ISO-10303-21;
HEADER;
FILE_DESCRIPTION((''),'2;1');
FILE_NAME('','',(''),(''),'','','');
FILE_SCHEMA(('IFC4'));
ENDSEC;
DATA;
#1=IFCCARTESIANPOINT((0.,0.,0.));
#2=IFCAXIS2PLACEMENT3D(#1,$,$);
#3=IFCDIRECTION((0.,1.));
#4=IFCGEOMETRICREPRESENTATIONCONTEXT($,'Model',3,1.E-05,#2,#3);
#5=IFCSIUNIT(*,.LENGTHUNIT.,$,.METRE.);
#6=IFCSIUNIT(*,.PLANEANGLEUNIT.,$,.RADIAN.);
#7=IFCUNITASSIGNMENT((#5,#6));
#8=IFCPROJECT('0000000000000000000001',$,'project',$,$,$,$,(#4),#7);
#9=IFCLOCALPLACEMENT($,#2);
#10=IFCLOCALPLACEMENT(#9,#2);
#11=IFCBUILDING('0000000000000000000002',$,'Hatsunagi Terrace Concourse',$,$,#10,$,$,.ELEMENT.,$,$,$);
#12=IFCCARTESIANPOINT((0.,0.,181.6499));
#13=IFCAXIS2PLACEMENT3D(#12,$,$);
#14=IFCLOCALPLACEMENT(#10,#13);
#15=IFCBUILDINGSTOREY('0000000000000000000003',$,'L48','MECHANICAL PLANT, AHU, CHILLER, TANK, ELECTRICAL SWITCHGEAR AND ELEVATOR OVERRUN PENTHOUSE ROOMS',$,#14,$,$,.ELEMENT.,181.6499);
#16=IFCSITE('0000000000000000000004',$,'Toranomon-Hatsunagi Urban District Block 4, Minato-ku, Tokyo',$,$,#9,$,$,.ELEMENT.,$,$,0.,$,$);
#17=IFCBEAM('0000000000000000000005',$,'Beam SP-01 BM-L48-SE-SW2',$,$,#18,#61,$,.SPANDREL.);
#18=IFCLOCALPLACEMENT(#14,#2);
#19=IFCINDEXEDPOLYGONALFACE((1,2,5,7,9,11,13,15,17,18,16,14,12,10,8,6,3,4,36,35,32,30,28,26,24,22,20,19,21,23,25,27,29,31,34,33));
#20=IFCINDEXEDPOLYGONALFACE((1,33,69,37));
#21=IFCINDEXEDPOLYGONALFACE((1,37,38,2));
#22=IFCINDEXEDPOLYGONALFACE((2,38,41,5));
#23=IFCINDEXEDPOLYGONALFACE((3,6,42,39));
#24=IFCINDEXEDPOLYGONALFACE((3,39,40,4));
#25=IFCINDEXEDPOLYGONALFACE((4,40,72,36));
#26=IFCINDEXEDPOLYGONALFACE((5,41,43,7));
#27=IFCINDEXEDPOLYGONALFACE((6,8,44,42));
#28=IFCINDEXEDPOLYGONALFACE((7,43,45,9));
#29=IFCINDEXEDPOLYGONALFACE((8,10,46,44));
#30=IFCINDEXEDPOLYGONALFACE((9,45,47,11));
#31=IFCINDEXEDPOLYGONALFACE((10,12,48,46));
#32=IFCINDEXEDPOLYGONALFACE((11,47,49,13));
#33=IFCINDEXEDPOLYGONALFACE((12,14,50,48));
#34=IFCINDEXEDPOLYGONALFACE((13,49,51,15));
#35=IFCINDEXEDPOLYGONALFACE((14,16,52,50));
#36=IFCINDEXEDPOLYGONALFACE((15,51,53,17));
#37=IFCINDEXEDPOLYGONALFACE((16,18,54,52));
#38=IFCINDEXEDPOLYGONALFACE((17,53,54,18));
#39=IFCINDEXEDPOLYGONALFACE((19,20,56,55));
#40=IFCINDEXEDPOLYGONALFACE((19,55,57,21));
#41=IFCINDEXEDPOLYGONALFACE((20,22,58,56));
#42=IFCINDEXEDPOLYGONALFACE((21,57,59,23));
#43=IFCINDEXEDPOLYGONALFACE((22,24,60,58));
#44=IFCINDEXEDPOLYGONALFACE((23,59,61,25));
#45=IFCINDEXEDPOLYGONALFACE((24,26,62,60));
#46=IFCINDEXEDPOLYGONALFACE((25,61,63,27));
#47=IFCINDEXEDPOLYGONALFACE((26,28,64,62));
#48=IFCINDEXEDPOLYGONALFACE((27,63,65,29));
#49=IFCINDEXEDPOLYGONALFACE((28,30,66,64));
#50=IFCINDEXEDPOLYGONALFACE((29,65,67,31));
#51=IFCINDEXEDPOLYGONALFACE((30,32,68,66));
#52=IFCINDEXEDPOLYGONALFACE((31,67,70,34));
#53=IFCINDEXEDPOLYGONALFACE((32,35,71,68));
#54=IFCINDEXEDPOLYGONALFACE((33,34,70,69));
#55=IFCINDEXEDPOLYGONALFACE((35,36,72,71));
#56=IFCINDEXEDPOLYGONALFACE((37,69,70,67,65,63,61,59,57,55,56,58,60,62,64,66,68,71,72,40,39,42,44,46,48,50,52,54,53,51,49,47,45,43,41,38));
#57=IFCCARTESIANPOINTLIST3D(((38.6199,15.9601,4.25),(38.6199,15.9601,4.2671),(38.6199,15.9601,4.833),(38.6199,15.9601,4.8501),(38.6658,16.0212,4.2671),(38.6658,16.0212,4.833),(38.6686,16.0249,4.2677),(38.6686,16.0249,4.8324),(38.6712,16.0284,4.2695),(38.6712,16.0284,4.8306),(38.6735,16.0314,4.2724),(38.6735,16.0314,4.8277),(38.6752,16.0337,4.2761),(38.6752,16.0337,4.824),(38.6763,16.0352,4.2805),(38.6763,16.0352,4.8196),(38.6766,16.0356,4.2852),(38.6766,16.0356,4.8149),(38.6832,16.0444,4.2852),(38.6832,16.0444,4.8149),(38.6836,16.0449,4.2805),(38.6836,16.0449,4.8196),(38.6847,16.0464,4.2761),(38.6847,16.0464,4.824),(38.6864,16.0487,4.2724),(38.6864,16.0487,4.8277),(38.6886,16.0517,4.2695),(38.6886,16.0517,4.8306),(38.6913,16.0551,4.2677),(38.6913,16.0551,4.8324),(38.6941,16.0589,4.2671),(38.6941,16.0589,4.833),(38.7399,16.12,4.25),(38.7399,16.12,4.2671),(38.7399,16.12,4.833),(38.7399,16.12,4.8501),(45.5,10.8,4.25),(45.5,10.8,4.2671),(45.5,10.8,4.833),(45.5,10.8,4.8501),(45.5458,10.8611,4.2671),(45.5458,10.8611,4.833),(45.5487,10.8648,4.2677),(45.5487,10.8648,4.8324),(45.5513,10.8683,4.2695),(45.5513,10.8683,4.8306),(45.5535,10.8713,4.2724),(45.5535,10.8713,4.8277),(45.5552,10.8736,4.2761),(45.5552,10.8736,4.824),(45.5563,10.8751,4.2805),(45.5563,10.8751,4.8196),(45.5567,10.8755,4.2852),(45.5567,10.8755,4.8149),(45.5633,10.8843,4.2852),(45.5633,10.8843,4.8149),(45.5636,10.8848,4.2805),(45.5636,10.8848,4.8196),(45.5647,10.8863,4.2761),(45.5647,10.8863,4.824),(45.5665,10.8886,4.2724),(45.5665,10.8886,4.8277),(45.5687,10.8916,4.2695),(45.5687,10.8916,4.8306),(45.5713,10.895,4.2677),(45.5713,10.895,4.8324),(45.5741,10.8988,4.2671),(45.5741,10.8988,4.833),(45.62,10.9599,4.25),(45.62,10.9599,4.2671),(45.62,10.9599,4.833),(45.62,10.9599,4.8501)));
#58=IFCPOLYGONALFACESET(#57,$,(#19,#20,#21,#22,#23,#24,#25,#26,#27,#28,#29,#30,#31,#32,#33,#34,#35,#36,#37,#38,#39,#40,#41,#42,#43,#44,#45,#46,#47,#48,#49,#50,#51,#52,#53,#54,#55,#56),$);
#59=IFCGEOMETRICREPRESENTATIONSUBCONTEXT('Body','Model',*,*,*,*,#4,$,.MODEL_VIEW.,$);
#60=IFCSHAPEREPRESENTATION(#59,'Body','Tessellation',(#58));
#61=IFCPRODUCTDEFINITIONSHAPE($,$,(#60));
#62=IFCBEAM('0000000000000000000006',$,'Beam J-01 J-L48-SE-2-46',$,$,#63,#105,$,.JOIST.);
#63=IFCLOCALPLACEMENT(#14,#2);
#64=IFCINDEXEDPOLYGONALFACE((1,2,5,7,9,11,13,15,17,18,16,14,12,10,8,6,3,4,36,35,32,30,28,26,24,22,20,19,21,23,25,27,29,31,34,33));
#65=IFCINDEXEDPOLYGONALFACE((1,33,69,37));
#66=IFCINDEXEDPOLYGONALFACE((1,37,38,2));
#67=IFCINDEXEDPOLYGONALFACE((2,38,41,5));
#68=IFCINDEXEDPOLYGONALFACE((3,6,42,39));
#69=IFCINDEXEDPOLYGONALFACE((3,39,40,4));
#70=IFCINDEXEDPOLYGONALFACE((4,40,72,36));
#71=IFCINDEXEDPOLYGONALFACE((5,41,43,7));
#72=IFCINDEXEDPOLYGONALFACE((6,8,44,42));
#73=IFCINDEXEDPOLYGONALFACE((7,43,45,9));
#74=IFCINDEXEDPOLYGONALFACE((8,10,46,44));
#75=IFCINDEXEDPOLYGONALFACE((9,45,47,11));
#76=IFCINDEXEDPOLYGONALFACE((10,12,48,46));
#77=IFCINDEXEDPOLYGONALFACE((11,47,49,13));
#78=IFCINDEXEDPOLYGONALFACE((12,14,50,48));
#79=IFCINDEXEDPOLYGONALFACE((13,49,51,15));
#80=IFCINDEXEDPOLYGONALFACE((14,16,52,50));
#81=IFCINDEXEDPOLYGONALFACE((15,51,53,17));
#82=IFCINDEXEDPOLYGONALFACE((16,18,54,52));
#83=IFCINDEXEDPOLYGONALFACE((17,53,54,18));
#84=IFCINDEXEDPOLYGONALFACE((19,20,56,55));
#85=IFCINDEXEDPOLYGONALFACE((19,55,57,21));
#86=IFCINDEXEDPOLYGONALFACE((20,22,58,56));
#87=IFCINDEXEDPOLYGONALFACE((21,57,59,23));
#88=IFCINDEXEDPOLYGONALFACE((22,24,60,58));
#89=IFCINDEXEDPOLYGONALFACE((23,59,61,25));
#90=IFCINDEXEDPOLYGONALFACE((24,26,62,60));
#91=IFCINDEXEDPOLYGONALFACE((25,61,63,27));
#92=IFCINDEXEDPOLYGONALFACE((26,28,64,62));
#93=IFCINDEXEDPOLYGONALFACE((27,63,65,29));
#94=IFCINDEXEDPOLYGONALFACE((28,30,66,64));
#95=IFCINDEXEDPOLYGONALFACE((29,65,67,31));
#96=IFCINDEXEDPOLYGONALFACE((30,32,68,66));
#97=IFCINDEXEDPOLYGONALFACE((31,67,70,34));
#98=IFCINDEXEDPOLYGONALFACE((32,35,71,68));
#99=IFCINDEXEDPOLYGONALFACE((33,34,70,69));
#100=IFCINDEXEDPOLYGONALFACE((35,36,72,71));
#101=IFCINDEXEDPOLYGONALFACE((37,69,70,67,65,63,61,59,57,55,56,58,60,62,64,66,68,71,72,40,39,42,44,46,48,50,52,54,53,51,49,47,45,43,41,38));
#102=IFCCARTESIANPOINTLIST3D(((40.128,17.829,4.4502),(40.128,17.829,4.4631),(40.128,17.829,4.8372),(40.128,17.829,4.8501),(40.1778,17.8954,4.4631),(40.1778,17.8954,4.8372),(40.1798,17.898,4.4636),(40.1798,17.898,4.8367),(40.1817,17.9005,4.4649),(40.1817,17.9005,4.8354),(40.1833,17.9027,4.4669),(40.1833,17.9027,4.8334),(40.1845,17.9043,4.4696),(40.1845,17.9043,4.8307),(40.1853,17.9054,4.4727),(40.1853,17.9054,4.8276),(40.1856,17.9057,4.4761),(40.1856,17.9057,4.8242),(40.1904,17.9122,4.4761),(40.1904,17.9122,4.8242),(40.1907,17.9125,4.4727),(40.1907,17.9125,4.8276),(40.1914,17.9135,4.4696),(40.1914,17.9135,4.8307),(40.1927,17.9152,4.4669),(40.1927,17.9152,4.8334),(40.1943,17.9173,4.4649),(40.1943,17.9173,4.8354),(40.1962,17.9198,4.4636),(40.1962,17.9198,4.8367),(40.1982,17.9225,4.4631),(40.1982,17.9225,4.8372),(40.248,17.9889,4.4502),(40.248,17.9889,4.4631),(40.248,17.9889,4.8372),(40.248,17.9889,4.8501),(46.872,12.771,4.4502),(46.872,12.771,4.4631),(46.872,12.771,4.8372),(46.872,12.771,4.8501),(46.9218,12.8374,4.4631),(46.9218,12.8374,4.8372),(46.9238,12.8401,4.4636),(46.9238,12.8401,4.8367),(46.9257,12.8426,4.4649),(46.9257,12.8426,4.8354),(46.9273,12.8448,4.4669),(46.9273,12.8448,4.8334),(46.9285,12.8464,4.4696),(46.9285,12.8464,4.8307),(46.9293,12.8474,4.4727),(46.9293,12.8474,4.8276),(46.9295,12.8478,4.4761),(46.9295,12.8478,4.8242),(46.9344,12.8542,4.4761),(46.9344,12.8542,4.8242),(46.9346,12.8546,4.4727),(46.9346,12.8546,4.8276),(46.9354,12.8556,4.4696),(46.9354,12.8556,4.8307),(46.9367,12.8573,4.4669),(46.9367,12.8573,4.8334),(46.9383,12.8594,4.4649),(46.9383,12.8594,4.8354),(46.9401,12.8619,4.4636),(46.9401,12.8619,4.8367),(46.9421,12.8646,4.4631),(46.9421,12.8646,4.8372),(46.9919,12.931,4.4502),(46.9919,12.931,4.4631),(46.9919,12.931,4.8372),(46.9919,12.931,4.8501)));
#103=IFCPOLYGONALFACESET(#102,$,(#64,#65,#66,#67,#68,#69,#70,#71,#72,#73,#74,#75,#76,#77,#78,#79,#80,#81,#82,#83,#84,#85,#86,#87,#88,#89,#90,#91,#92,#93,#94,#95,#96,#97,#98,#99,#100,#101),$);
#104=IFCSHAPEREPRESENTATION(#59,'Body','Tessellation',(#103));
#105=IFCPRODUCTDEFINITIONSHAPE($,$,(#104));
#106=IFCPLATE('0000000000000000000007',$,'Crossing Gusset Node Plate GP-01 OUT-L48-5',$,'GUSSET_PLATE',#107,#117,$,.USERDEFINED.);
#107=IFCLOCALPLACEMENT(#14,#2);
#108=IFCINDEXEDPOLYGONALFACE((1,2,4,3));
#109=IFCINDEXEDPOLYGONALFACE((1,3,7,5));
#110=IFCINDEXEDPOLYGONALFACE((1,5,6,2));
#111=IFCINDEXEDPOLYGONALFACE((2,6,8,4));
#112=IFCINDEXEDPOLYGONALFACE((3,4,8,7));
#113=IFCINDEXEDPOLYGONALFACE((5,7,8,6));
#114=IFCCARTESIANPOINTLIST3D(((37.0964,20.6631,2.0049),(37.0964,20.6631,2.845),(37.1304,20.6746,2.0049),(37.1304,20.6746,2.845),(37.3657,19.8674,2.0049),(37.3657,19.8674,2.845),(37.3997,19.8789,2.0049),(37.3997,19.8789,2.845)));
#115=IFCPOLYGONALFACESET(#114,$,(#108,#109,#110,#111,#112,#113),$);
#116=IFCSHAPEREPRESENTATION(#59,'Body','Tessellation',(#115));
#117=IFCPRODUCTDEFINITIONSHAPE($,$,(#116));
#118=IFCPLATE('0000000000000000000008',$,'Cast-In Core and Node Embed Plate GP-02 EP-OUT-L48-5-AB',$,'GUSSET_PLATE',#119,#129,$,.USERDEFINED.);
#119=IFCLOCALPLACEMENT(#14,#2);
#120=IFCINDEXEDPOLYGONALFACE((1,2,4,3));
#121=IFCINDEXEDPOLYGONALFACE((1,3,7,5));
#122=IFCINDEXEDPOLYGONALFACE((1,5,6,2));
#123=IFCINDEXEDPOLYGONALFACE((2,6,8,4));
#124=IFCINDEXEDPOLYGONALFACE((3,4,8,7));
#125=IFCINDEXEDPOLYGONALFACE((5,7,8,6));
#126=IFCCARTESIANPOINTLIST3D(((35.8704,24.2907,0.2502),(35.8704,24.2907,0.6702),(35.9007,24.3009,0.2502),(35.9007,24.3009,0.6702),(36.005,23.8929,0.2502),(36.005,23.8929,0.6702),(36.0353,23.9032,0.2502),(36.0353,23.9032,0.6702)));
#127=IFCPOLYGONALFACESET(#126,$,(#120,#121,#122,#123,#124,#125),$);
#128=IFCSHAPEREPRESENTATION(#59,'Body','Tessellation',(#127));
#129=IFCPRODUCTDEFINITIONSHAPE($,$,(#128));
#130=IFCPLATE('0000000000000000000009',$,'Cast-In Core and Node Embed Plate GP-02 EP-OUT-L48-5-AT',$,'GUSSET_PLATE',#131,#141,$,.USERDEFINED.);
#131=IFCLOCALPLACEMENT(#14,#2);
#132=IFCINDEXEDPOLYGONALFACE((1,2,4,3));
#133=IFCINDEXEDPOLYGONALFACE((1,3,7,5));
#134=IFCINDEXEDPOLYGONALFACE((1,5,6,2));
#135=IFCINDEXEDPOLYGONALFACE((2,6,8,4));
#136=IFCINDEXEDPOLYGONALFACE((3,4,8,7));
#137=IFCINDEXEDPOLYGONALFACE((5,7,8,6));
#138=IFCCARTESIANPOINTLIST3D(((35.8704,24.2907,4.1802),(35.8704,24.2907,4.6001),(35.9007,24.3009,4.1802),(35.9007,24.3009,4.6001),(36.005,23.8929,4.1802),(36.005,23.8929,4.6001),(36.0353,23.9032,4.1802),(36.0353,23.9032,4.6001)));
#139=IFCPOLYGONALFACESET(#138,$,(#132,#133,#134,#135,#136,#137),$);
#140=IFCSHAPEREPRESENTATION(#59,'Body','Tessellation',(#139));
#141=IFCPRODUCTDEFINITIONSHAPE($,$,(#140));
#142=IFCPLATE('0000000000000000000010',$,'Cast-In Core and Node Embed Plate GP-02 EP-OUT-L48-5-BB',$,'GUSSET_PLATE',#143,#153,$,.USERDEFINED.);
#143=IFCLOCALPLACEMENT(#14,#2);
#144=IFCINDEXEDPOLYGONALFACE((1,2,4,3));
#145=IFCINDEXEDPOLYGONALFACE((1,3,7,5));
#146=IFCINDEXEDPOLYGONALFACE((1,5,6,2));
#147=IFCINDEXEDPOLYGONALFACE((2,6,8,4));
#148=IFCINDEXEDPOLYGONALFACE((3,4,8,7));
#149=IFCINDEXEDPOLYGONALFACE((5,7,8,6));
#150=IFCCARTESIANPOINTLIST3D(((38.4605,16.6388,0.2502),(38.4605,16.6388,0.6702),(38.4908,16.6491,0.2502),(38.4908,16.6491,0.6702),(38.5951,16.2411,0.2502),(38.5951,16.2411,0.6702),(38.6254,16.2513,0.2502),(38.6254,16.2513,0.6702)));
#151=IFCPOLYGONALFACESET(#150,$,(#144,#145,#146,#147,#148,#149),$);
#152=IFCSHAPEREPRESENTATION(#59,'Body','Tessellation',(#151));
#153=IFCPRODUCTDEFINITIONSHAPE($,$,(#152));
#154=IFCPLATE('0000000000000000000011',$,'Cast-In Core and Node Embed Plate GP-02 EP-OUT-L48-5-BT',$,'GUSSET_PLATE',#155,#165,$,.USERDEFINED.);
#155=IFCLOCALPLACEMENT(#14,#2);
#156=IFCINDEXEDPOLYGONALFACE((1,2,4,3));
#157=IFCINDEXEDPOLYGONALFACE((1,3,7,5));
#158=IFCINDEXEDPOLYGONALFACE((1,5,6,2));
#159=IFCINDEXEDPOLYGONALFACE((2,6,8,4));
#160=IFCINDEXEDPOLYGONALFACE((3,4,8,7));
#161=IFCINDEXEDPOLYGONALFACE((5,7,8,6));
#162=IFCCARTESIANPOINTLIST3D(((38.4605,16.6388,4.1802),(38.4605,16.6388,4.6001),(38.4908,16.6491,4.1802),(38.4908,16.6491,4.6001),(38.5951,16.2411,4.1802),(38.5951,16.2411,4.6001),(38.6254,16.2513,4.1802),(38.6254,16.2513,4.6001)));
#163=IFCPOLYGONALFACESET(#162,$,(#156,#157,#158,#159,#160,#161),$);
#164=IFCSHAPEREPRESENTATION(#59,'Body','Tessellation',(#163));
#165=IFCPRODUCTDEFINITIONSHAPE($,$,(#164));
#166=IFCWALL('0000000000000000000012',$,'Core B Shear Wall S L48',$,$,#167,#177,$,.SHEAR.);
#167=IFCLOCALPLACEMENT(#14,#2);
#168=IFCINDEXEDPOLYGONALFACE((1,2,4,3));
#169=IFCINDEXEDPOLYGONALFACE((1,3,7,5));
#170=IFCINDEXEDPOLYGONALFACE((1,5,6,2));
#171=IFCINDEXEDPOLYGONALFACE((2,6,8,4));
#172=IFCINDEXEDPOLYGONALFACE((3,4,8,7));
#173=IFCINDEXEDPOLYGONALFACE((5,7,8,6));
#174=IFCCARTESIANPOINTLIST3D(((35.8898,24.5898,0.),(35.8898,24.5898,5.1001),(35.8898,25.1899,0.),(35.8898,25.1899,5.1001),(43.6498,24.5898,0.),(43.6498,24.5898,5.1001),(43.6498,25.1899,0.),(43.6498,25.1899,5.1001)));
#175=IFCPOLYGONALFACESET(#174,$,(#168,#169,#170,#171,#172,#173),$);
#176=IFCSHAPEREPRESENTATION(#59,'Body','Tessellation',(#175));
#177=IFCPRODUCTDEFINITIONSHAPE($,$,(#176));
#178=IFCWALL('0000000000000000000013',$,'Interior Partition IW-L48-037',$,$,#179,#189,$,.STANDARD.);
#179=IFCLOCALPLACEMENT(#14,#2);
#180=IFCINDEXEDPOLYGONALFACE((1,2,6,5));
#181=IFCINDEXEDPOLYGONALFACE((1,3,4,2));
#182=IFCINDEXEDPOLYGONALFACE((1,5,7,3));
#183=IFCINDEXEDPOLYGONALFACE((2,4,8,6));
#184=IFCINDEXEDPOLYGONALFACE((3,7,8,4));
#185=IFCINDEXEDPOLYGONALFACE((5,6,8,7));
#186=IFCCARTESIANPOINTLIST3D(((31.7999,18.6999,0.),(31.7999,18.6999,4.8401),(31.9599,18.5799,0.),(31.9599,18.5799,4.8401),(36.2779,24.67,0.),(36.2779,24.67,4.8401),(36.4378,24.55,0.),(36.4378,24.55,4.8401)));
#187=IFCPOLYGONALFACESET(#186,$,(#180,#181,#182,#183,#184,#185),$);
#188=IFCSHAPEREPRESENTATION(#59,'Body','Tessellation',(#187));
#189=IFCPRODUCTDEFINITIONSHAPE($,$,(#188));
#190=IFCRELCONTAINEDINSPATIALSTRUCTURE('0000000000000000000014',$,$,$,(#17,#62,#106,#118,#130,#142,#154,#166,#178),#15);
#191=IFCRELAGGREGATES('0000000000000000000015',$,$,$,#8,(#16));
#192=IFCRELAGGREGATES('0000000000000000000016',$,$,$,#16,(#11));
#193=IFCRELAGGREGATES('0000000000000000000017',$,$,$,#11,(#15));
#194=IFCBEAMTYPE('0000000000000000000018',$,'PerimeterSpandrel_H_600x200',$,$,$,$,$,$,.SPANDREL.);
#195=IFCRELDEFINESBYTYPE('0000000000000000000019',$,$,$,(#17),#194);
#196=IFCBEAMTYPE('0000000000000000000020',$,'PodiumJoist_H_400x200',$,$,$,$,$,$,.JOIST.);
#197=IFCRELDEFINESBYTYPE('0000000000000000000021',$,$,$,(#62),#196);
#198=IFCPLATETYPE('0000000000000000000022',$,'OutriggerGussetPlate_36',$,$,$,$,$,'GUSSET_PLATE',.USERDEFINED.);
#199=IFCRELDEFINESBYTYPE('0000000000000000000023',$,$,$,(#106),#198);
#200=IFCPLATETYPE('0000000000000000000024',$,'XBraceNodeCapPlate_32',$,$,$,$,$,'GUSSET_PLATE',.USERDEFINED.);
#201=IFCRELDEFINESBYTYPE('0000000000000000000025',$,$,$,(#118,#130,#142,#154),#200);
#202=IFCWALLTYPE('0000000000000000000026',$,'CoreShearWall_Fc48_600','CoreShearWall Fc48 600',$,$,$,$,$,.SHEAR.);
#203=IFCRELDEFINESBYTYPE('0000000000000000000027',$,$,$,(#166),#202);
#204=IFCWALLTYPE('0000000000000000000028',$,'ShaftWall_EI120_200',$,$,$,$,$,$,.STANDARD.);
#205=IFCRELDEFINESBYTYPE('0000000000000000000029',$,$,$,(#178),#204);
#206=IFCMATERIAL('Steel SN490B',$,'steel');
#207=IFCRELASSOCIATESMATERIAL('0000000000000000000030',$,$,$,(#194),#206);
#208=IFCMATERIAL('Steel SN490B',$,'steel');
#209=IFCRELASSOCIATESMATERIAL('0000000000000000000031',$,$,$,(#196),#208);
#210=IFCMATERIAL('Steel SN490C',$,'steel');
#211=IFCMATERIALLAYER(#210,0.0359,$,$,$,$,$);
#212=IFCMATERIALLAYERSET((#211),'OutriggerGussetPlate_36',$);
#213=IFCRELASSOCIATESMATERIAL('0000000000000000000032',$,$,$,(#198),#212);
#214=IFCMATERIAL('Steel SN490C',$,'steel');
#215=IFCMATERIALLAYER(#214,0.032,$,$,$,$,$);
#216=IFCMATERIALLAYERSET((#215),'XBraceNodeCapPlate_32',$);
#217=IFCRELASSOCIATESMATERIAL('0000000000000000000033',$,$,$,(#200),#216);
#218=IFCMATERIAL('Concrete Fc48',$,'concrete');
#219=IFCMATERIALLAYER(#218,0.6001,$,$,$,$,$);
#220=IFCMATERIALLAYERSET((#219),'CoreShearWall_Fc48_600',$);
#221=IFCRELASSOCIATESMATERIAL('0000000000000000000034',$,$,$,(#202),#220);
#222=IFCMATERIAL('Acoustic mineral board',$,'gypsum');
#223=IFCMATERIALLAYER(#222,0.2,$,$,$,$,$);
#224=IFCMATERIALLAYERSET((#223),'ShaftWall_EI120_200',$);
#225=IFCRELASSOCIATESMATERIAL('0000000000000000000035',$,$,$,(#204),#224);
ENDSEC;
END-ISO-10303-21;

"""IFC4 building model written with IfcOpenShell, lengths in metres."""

from ifc_helpers import new_model, si_unit, direction, frame, frame_2d, origin, origin_2d, place, context, subcontext, project, spatial, rectangle, i_section, extrude, material, layer, layer_set, material_profile, profile_set, type_object, element, save


model = new_model("IFC4")

# Units and contexts
model_context = context("Model", 3, precision=1e-05, world=origin(), true_north=direction((0.0, 1.0)))
body_context = subcontext(model_context, "Body", "Model", "MODEL_VIEW")
ifc_project = project(units=[si_unit("LENGTHUNIT", "METRE"), si_unit("PLANEANGLEUNIT", "RADIAN")], contexts=[model_context])

# Site, building, storey
site_placement = place(None, origin())
site = spatial("IfcSite", under=ifc_project, at=site_placement, Name="Toranomon-Hatsunagi Urban District Block 4, Minato-ku, Tokyo", CompositionType="ELEMENT", RefElevation=0.0)
building_placement = place(site_placement, origin())
building = spatial("IfcBuilding", under=site, at=building_placement, Name="Hatsunagi Terrace Concourse", CompositionType="ELEMENT")
storey_placement = place(building_placement, frame((0.0, 0.0, 181.6499)))
storey = spatial("IfcBuildingStorey", under=building, at=storey_placement, Name="L48", Description="MECHANICAL PLANT, AHU, CHILLER, TANK, ELECTRICAL SWITCHGEAR AND ELEVATOR OVERRUN PENTHOUSE ROOMS", CompositionType="ELEMENT", Elevation=181.6499)

# Beams
ifc_material_1 = material(Name="Steel SN490B", Category="steel")
ifc_material_profile_1 = material_profile(ifc_material_1, i_section(OverallWidth=0.2, OverallDepth=0.6001, WebThickness=0.011, FlangeThickness=0.0171, FilletRadius=0.0181, at=origin_2d()), Name="H-600x200x11x17")
ifc_profile_set_1 = profile_set([ifc_material_profile_1], Name="Steel SN490B")
beam_type_1 = type_object("IfcBeamType", Name="PerimeterSpandrel_H_600x200", PredefinedType="SPANDREL", material=ifc_profile_set_1)
beam_1_placement = place(storey_placement, frame((38.6799, 16.04, 4.55), z_axis=(0.799997, -0.600005, 0.0), x_axis=(0.600005, 0.799997, 0.0)))
element("IfcBeam", 1, at=beam_1_placement, inside=storey, type_object=beam_type_1, Name="Beam SP-01 BM-L48-SE-SW2", PredefinedType="SPANDREL", context=body_context, shape_type="SweptSolid", body=[
    extrude(i_section(OverallWidth=0.2, OverallDepth=0.6001, WebThickness=0.011, FlangeThickness=0.0171, FilletRadius=0.0181, at=origin_2d()), origin(), (0.0, 0.0, 1.0), 8.6001),
])
ifc_material_2 = material(Name="Steel SN490B", Category="steel")
ifc_material_profile_2 = material_profile(ifc_material_2, i_section(OverallWidth=0.2, OverallDepth=0.3999, WebThickness=0.0081, FlangeThickness=0.0129, FilletRadius=0.0129, at=origin_2d()), Name="H-400x200x8x13")
ifc_profile_set_2 = profile_set([ifc_material_profile_2], Name="Steel SN490B")
beam_type_2 = type_object("IfcBeamType", Name="PodiumJoist_H_400x200", PredefinedType="JOIST", material=ifc_profile_set_2)
beam_2_placement = place(storey_placement, frame((40.188, 17.9089, 4.6501), z_axis=(0.800003, -0.599995, 0.0), x_axis=(0.599995, 0.800003, 0.0)))
element("IfcBeam", 2, at=beam_2_placement, inside=storey, type_object=beam_type_2, Name="Beam J-01 J-L48-SE-2-46", PredefinedType="JOIST", context=body_context, shape_type="SweptSolid", body=[
    extrude(i_section(OverallWidth=0.2, OverallDepth=0.3999, WebThickness=0.0081, FlangeThickness=0.0129, FilletRadius=0.0129, at=origin_2d()), origin(), (0.0, 0.0, 1.0), 8.4299),
])

# Plates
ifc_material_3 = material(Name="Steel SN490C", Category="steel")
ifc_layer_1 = layer(ifc_material_3, 0.0359)
ifc_layer_set_1 = layer_set([ifc_layer_1], Name="OutriggerGussetPlate_36")
plate_type_1 = type_object("IfcPlateType", Name="OutriggerGussetPlate_36", ElementType="GUSSET_PLATE", PredefinedType="USERDEFINED", material=ifc_layer_set_1)
plate_placement = place(storey_placement, frame((37.248, 20.271, 2.0049), z_axis=(0.0, 0.0, 1.0), x_axis=(0.320565, -0.947227, 0.0)))
element("IfcPlate", 3, at=plate_placement, inside=storey, type_object=plate_type_1, Name="Crossing Gusset Node Plate GP-01 OUT-L48-5", ObjectType="GUSSET_PLATE", PredefinedType="USERDEFINED", context=body_context, shape_type="SweptSolid", body=[
    extrude(rectangle(XDim=0.8401, YDim=0.0359, at=origin_2d()), origin(), (0.0, 0.0, 1.0), 0.8401),
])
ifc_material_4 = material(Name="Steel SN490C", Category="steel")
ifc_layer_2 = layer(ifc_material_4, 0.032)
ifc_layer_set_2 = layer_set([ifc_layer_2], Name="XBraceNodeCapPlate_32")
plate_type_2 = type_object("IfcPlateType", Name="XBraceNodeCapPlate_32", ElementType="GUSSET_PLATE", PredefinedType="USERDEFINED", material=ifc_layer_set_2)
for number, where, z_axis, x_axis, name in (
    (4, (35.9529, 24.0969, 0.2502), (0.0, 0.0, 1.0), (0.320565, -0.947227, 0.0), "Cast-In Core and Node Embed Plate GP-02 EP-OUT-L48-5-AB"),
    (5, (35.9529, 24.0969, 4.1802), (0.0, 0.0, 1.0), (0.320565, -0.947227, 0.0), "Cast-In Core and Node Embed Plate GP-02 EP-OUT-L48-5-AT"),
    (6, (38.543, 16.4451, 0.2502), (0.0, 0.0, 1.0), (0.320565, -0.947227, 0.0), "Cast-In Core and Node Embed Plate GP-02 EP-OUT-L48-5-BB"),
    (7, (38.543, 16.4451, 4.1802), (0.0, 0.0, 1.0), (0.320565, -0.947227, 0.0), "Cast-In Core and Node Embed Plate GP-02 EP-OUT-L48-5-BT"),
):
    element("IfcPlate", number, at=place(storey_placement, frame(where, z_axis=z_axis, x_axis=x_axis)), inside=storey, type_object=plate_type_2, Name=name, ObjectType="GUSSET_PLATE", PredefinedType="USERDEFINED", context=body_context, shape_type="SweptSolid", body=[
        extrude(rectangle(XDim=0.4199, YDim=0.032, at=origin_2d()), origin(), (0.0, 0.0, 1.0), 0.4199),
    ])

# Walls
ifc_material_5 = material(Name="Concrete Fc48", Category="concrete")
ifc_layer_3 = layer(ifc_material_5, 0.6001)
ifc_layer_set_3 = layer_set([ifc_layer_3], Name="CoreShearWall_Fc48_600")
wall_type_1 = type_object("IfcWallType", Name="CoreShearWall_Fc48_600", Description="CoreShearWall Fc48 600", PredefinedType="SHEAR", material=ifc_layer_set_3)
wall_1_placement = place(storey_placement, frame((35.8899, 24.8899, 0.0), z_axis=(0.0, 0.0, 1.0), x_axis=(1.0, 0.0, 0.0)))
element("IfcWall", 8, at=wall_1_placement, inside=storey, type_object=wall_type_1, Name="Core B Shear Wall S L48", PredefinedType="SHEAR", context=body_context, shape_type="SweptSolid", body=[
    extrude(rectangle(XDim=7.76, YDim=0.6001, at=frame_2d((3.8799, 0.0))), origin(), (0.0, 0.0, 1.0), 5.1001),
])
ifc_material_6 = material(Name="Acoustic mineral board", Category="gypsum")
ifc_layer_4 = layer(ifc_material_6, 0.2)
ifc_layer_set_4 = layer_set([ifc_layer_4], Name="ShaftWall_EI120_200")
wall_type_2 = type_object("IfcWallType", Name="ShaftWall_EI120_200", PredefinedType="STANDARD", material=ifc_layer_set_4)
wall_2_placement = place(storey_placement, frame((31.8799, 18.6399, 0.0), z_axis=(0.0, 0.0, 1.0), x_axis=(0.600031, 0.799976, 0.0)))
element("IfcWall", 9, at=wall_2_placement, inside=storey, type_object=wall_type_2, Name="Interior Partition IW-L48-037", PredefinedType="STANDARD", context=body_context, shape_type="SweptSolid", body=[
    extrude(rectangle(XDim=7.4629, YDim=0.2, at=frame_2d((3.7314, 0.0))), origin(), (0.0, 0.0, 1.0), 4.8401),
])

save(model, "model.ifc")
